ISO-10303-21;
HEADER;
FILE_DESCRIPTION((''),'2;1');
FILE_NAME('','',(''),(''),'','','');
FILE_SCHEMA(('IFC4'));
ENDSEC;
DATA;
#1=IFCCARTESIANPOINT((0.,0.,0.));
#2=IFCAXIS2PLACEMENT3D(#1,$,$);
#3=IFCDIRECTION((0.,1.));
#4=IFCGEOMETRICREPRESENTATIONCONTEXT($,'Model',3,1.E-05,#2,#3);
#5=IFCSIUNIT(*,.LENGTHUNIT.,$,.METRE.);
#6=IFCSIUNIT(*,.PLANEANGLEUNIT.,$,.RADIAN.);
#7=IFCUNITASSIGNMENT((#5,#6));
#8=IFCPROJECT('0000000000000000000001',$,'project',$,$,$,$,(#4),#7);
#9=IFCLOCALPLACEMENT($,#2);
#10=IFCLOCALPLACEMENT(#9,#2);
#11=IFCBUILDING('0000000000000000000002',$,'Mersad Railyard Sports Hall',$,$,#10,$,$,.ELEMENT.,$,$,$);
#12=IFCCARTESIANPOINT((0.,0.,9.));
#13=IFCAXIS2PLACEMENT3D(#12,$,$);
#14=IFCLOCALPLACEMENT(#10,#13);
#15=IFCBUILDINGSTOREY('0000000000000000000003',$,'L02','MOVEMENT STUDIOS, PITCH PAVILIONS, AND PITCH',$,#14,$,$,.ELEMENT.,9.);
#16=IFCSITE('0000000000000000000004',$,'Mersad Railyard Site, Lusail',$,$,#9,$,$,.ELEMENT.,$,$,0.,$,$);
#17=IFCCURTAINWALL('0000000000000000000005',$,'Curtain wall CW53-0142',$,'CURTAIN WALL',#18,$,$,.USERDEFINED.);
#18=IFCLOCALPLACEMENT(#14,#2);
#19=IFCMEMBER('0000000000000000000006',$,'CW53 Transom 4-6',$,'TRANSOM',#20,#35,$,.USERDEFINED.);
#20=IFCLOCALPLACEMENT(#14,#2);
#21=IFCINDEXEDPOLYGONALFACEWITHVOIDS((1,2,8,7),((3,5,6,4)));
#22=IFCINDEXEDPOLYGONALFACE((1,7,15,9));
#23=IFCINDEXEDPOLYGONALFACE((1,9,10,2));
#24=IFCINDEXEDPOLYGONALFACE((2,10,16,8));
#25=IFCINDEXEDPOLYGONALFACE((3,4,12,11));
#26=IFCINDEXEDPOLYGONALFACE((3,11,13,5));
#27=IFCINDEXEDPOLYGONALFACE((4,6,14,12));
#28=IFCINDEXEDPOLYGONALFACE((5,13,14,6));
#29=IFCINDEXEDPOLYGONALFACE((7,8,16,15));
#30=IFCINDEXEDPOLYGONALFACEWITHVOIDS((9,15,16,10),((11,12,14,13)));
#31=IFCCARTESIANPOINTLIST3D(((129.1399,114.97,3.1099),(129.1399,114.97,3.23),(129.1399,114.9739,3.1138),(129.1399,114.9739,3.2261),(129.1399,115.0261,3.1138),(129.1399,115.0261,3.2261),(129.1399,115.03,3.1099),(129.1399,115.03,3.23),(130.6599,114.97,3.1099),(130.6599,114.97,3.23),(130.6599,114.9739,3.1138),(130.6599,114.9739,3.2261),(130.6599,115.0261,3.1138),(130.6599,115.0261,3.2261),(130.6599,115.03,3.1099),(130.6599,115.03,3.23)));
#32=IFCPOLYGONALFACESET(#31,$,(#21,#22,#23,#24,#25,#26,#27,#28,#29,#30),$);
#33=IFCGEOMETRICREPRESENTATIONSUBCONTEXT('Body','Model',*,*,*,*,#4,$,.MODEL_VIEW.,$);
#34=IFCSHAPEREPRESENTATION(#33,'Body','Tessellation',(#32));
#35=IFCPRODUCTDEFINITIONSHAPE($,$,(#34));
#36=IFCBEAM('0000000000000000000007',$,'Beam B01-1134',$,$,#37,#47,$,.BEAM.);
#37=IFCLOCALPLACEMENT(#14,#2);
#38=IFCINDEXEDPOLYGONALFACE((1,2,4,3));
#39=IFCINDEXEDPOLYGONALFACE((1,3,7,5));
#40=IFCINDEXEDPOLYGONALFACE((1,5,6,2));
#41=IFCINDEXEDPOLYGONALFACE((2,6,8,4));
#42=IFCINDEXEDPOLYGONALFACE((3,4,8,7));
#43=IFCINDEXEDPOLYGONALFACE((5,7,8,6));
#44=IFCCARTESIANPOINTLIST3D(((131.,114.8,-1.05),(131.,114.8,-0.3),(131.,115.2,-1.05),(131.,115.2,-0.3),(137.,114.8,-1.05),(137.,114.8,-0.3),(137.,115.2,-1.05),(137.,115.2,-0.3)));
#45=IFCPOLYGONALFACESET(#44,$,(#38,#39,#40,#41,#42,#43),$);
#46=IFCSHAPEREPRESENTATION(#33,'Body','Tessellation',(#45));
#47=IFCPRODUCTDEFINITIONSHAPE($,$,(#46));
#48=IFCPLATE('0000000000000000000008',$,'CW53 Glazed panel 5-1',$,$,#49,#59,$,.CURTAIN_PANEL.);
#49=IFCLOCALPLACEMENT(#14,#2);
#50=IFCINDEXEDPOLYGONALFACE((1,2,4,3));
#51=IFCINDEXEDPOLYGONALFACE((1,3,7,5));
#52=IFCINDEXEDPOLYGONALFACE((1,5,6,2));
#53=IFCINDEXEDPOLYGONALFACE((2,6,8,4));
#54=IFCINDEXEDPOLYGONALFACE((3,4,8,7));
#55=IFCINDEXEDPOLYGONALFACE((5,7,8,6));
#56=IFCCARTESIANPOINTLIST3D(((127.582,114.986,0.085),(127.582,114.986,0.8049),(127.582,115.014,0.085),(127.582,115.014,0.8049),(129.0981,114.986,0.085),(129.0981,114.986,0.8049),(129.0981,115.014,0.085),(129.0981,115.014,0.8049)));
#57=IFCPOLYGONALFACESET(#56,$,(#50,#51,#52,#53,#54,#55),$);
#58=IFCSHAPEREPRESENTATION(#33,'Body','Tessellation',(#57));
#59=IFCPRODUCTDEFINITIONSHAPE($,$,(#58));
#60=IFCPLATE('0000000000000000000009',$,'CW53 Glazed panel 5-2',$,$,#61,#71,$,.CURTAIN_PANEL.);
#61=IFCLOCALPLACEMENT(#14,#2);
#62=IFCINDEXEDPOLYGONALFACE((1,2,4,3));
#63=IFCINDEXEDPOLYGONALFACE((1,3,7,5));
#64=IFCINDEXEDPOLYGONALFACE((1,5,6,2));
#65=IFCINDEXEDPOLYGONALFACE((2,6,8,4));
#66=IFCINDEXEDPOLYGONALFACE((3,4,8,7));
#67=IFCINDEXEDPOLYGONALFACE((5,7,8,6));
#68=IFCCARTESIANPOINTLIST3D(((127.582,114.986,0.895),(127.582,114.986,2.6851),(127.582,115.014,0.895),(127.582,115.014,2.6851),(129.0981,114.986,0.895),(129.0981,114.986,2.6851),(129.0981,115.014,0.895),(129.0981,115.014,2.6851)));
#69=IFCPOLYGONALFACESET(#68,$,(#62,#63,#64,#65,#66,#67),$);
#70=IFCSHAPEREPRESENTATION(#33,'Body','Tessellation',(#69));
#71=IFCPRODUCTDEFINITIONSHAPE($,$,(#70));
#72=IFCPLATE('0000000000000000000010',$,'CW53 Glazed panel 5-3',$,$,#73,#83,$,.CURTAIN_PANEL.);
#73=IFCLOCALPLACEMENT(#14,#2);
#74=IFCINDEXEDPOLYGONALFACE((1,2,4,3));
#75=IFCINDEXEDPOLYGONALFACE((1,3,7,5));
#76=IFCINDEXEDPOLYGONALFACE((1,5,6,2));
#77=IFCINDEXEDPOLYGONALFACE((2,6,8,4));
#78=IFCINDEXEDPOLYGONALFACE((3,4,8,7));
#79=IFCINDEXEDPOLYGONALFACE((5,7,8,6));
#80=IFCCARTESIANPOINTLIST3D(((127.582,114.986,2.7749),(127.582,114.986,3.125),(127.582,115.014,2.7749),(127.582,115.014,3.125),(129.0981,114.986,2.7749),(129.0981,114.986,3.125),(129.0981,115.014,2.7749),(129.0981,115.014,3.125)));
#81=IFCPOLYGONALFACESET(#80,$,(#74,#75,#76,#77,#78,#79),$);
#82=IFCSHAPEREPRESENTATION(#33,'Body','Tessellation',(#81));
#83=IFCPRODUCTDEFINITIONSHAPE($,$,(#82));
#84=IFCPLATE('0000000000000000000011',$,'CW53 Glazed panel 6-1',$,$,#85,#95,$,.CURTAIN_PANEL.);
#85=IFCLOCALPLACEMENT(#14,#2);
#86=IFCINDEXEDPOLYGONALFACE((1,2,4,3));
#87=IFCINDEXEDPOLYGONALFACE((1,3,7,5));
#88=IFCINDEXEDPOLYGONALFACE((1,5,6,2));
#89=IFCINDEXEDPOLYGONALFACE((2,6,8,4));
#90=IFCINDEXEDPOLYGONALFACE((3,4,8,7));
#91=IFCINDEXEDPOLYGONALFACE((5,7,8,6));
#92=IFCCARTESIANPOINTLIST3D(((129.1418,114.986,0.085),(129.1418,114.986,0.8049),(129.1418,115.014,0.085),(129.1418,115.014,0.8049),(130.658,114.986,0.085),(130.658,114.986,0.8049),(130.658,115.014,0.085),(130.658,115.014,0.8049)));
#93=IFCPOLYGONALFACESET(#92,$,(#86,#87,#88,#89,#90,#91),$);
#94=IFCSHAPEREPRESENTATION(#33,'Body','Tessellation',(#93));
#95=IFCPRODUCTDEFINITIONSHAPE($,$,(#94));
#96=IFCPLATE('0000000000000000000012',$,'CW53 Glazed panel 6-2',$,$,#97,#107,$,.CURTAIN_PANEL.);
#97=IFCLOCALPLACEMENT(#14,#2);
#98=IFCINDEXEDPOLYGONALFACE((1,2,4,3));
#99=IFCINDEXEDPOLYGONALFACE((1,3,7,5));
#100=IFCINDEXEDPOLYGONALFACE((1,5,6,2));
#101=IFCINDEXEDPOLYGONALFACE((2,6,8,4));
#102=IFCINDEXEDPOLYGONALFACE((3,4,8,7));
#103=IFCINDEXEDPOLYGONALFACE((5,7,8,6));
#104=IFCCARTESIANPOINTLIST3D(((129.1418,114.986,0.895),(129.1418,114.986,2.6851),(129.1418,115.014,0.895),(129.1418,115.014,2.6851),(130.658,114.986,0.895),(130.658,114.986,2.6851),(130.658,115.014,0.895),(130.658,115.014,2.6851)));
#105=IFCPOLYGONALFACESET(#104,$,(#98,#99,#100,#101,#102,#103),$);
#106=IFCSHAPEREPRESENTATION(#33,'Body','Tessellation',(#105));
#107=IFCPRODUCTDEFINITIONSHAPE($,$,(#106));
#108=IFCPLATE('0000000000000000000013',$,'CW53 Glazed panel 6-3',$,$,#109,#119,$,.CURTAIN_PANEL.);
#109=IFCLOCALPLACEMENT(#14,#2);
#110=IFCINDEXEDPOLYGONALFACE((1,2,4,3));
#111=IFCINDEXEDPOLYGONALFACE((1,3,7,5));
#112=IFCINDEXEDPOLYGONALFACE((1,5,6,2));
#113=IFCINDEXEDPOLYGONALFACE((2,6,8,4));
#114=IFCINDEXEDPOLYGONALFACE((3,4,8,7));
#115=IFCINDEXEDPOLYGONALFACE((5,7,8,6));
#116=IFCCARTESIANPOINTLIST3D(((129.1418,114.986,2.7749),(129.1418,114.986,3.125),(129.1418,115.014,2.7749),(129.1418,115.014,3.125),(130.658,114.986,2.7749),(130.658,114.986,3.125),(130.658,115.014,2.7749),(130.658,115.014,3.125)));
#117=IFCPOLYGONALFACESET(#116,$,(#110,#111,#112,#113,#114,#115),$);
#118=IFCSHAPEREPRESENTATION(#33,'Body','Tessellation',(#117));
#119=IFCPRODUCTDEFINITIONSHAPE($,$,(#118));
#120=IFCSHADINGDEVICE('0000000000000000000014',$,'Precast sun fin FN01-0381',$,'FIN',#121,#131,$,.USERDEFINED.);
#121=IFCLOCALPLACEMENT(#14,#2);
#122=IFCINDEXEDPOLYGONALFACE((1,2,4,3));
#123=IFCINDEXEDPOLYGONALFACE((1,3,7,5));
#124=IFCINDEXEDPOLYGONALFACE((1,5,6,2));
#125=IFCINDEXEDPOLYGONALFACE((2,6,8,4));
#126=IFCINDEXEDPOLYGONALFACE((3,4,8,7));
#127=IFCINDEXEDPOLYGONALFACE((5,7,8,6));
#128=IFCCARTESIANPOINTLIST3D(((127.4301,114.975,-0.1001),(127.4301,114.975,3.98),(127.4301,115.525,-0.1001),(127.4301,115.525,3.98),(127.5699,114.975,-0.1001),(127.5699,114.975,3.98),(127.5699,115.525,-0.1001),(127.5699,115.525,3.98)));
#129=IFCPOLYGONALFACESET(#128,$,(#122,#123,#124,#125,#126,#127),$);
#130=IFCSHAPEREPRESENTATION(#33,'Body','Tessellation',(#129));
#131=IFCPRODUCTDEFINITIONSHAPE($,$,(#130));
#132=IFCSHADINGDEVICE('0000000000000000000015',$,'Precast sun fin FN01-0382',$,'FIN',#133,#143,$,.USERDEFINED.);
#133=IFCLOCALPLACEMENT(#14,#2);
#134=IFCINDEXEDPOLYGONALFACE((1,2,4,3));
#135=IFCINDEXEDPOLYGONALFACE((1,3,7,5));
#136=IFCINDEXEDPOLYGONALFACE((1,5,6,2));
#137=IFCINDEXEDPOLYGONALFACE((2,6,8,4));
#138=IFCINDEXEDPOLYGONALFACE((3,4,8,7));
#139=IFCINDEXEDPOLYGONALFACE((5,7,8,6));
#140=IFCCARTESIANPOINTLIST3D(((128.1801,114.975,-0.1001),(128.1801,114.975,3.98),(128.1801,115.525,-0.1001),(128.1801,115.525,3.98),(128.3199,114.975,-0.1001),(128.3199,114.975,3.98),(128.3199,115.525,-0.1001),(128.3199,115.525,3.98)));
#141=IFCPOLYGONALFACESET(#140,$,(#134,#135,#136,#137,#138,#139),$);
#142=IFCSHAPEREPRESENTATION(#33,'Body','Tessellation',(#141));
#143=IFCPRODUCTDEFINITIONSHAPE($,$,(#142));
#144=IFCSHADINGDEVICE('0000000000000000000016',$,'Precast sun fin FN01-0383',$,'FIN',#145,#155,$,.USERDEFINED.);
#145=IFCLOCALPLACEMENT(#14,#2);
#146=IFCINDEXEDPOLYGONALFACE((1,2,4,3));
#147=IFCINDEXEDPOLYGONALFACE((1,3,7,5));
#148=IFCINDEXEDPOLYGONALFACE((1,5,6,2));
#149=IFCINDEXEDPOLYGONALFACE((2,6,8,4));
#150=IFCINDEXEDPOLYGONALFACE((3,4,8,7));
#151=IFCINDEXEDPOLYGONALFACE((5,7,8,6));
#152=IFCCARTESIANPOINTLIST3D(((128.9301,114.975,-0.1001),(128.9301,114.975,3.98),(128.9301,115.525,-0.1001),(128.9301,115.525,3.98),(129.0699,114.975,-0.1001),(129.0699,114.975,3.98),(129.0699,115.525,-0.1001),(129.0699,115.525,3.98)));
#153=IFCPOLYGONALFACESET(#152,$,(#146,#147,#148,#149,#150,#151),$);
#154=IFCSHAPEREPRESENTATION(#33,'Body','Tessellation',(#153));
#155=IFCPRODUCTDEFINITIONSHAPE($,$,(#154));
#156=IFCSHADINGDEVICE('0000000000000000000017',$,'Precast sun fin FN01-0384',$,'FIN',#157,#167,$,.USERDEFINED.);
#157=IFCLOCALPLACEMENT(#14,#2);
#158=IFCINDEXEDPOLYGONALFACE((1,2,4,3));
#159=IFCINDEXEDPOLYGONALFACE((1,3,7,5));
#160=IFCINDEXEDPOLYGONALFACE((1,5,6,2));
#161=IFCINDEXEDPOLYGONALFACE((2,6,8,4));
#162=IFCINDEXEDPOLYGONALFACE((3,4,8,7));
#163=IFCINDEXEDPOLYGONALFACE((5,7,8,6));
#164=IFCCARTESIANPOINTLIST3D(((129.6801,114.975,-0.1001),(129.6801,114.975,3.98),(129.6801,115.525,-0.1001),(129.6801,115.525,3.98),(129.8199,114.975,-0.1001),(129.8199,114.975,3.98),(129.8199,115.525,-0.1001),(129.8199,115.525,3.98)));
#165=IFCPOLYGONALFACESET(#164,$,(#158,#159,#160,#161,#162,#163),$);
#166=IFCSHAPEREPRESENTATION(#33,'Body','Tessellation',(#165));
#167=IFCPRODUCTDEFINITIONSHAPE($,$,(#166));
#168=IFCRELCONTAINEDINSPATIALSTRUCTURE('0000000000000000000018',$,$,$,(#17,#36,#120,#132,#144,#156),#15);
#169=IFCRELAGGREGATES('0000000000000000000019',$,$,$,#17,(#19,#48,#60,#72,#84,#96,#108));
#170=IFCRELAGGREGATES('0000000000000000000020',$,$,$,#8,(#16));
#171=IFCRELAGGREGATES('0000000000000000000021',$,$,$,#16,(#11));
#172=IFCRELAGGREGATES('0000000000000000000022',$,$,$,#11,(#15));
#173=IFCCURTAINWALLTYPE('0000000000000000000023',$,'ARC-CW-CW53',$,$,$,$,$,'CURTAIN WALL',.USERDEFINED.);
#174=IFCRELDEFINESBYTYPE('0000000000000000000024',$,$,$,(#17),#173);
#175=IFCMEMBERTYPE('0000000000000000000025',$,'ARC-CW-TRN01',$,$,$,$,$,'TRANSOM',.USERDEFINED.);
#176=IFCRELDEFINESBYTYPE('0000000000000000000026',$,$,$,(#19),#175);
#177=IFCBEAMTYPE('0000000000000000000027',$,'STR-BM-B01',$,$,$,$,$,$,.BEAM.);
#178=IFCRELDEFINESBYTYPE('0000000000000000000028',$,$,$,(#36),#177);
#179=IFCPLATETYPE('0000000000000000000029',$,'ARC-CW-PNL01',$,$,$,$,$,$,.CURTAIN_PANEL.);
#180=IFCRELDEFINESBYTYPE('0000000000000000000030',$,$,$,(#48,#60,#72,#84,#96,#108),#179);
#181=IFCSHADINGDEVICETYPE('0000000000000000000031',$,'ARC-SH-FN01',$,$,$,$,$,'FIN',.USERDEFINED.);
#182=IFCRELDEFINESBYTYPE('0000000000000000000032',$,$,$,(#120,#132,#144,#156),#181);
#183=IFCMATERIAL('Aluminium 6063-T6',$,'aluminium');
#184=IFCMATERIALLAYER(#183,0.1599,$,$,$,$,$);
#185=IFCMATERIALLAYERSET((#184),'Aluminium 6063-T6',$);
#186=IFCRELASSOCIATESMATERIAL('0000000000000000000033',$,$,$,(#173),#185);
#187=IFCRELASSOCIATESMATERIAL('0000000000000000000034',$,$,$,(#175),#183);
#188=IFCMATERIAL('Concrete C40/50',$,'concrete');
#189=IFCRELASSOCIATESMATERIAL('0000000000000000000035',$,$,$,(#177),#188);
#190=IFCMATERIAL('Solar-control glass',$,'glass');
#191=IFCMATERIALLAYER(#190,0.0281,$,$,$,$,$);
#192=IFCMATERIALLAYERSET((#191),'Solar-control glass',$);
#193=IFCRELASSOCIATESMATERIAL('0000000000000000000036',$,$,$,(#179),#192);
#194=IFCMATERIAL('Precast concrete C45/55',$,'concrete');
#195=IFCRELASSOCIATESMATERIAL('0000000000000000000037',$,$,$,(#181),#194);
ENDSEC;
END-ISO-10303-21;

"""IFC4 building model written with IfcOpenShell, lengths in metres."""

from ifc_helpers import new_model, si_unit, direction, frame, origin, origin_2d, place, context, subcontext, project, spatial, rectangle, hollow_rectangle, extrude, material, layer, layer_set, material_profile, profile_set, type_object, element, aggregate, save


model = new_model("IFC4")

# Units and contexts
model_context = context("Model", 3, precision=1e-05, world=origin(), true_north=direction((0.0, 1.0)))
body_context = subcontext(model_context, "Body", "Model", "MODEL_VIEW")
ifc_project = project(units=[si_unit("LENGTHUNIT", "METRE"), si_unit("PLANEANGLEUNIT", "RADIAN")], contexts=[model_context])

# Site, building, storey
site_placement = place(None, origin())
site = spatial("IfcSite", under=ifc_project, at=site_placement, Name="Mersad Railyard Site, Lusail", CompositionType="ELEMENT", RefElevation=0.0)
building_placement = place(site_placement, origin())
building = spatial("IfcBuilding", under=site, at=building_placement, Name="Mersad Railyard Sports Hall", CompositionType="ELEMENT")
storey_placement = place(building_placement, frame((0.0, 0.0, 9.0)))
storey = spatial("IfcBuildingStorey", under=building, at=storey_placement, Name="L02", Description="MOVEMENT STUDIOS, PITCH PAVILIONS, AND PITCH", CompositionType="ELEMENT", Elevation=9.0)

# Curtain wall, member
ifc_material_1 = material(Name="Aluminium 6063-T6", Category="aluminium")
ifc_layer_1 = layer(ifc_material_1, 0.1599)
ifc_layer_set_1 = layer_set([ifc_layer_1], Name="Aluminium 6063-T6")
curtain_wall_type = type_object("IfcCurtainWallType", Name="ARC-CW-CW53", ElementType="CURTAIN WALL", PredefinedType="USERDEFINED", material=ifc_layer_set_1)
curtain_wall_placement = place(storey_placement, origin())
curtain_wall = element("IfcCurtainWall", 1, at=curtain_wall_placement, inside=storey, type_object=curtain_wall_type, Name="Curtain wall CW53-0142", ObjectType="CURTAIN WALL", PredefinedType="USERDEFINED")
ifc_material_profile_1 = material_profile(ifc_material_1, hollow_rectangle(XDim=0.0601, YDim=0.1201, WallThickness=0.0039, at=origin_2d()), Name="AL TRANSOM 60x120x4")
ifc_profile_set_1 = profile_set([ifc_material_profile_1], Name="Aluminium 6063-T6")
member_type_1 = type_object("IfcMemberType", Name="ARC-CW-TRN01", ElementType="TRANSOM", PredefinedType="USERDEFINED", material=ifc_profile_set_1)
member_1_placement = place(storey_placement, frame((129.1399, 115.0, 3.1699), z_axis=(1.0, 0.0, 0.0), x_axis=(0.0, 1.0, 0.0)))
member_1 = element("IfcMember", 2, at=member_1_placement, type_object=member_type_1, Name="CW53 Transom 4-6", ObjectType="TRANSOM", PredefinedType="USERDEFINED", context=body_context, shape_type="SweptSolid", body=[
    extrude(hollow_rectangle(XDim=0.0601, YDim=0.1201, WallThickness=0.0039, at=origin_2d()), origin(), (0.0, 0.0, 1.0), 1.52),
])

# Beam
ifc_material_2 = material(Name="Concrete C40/50", Category="concrete")
ifc_material_profile_2 = material_profile(ifc_material_2, rectangle(XDim=0.3999, YDim=0.75, at=origin_2d()), Name="RC 400x750")
ifc_profile_set_2 = profile_set([ifc_material_profile_2], Name="Concrete C40/50")
beam_type = type_object("IfcBeamType", Name="STR-BM-B01", PredefinedType="BEAM", material=ifc_profile_set_2)
beam_placement = place(storey_placement, frame((131.0, 115.0, -0.675), z_axis=(1.0, 0.0, 0.0), x_axis=(0.0, 1.0, 0.0)))
element("IfcBeam", 3, at=beam_placement, inside=storey, type_object=beam_type, Name="Beam B01-1134", PredefinedType="BEAM", context=body_context, shape_type="SweptSolid", body=[
    extrude(rectangle(XDim=0.3999, YDim=0.75, at=origin_2d()), origin(), (0.0, 0.0, 1.0), 6.0),
])

# Plates
ifc_material_3 = material(Name="Solar-control glass", Category="glass")
ifc_layer_2 = layer(ifc_material_3, 0.0281)
ifc_layer_set_2 = layer_set([ifc_layer_2], Name="Solar-control glass")
plate_type = type_object("IfcPlateType", Name="ARC-CW-PNL01", PredefinedType="CURTAIN_PANEL", material=ifc_layer_set_2)
plate_1_placement = place(storey_placement, frame((128.3401, 115.0, 0.085), z_axis=(0.0, 0.0, 1.0), x_axis=(1.0, 0.0, 0.0)))
plate_1 = element("IfcPlate", 4, at=plate_1_placement, type_object=plate_type, Name="CW53 Glazed panel 5-1", PredefinedType="CURTAIN_PANEL", context=body_context, shape_type="SweptSolid", body=[
    extrude(rectangle(XDim=1.5161, YDim=0.0281, at=origin_2d()), origin(), (0.0, 0.0, 1.0), 0.72),
])
plate_2_placement = place(storey_placement, frame((128.3401, 115.0, 0.895), z_axis=(0.0, 0.0, 1.0), x_axis=(1.0, 0.0, 0.0)))
plate_2 = element("IfcPlate", 5, at=plate_2_placement, type_object=plate_type, Name="CW53 Glazed panel 5-2", PredefinedType="CURTAIN_PANEL", context=body_context, shape_type="SweptSolid", body=[
    extrude(rectangle(XDim=1.5161, YDim=0.0281, at=origin_2d()), origin(), (0.0, 0.0, 1.0), 1.79),
])
plate_3_placement = place(storey_placement, frame((128.3401, 115.0, 2.7749), z_axis=(0.0, 0.0, 1.0), x_axis=(1.0, 0.0, 0.0)))
plate_3 = element("IfcPlate", 6, at=plate_3_placement, type_object=plate_type, Name="CW53 Glazed panel 5-3", PredefinedType="CURTAIN_PANEL", context=body_context, shape_type="SweptSolid", body=[
    extrude(rectangle(XDim=1.5161, YDim=0.0281, at=origin_2d()), origin(), (0.0, 0.0, 1.0), 0.3501),
])
plate_4_placement = place(storey_placement, frame((129.8999, 115.0, 0.085), z_axis=(0.0, 0.0, 1.0), x_axis=(1.0, 0.0, 0.0)))
plate_4 = element("IfcPlate", 7, at=plate_4_placement, type_object=plate_type, Name="CW53 Glazed panel 6-1", PredefinedType="CURTAIN_PANEL", context=body_context, shape_type="SweptSolid", body=[
    extrude(rectangle(XDim=1.5161, YDim=0.0281, at=origin_2d()), origin(), (0.0, 0.0, 1.0), 0.72),
])
plate_5_placement = place(storey_placement, frame((129.8999, 115.0, 0.895), z_axis=(0.0, 0.0, 1.0), x_axis=(1.0, 0.0, 0.0)))
plate_5 = element("IfcPlate", 8, at=plate_5_placement, type_object=plate_type, Name="CW53 Glazed panel 6-2", PredefinedType="CURTAIN_PANEL", context=body_context, shape_type="SweptSolid", body=[
    extrude(rectangle(XDim=1.5161, YDim=0.0281, at=origin_2d()), origin(), (0.0, 0.0, 1.0), 1.79),
])
plate_6_placement = place(storey_placement, frame((129.8999, 115.0, 2.7749), z_axis=(0.0, 0.0, 1.0), x_axis=(1.0, 0.0, 0.0)))
plate_6 = element("IfcPlate", 9, at=plate_6_placement, type_object=plate_type, Name="CW53 Glazed panel 6-3", PredefinedType="CURTAIN_PANEL", context=body_context, shape_type="SweptSolid", body=[
    extrude(rectangle(XDim=1.5161, YDim=0.0281, at=origin_2d()), origin(), (0.0, 0.0, 1.0), 0.3501),
])
aggregate(curtain_wall, [member_1, plate_1, plate_2, plate_3, plate_4, plate_5, plate_6])

# Shading devices
ifc_material_4 = material(Name="Precast concrete C45/55", Category="concrete")
shading_device_type = type_object("IfcShadingDeviceType", Name="ARC-SH-FN01", ElementType="FIN", PredefinedType="USERDEFINED", material=ifc_material_4)
for number, where, z_axis, x_axis, name in (
    (10, (127.5, 115.25, -0.1001), (0.0, 0.0, 1.0), (1.0, 0.0, 0.0), "Precast sun fin FN01-0381"),
    (11, (128.25, 115.25, -0.1001), (0.0, 0.0, 1.0), (1.0, 0.0, 0.0), "Precast sun fin FN01-0382"),
    (12, (129.0, 115.25, -0.1001), (0.0, 0.0, 1.0), (1.0, 0.0, 0.0), "Precast sun fin FN01-0383"),
    (13, (129.75, 115.25, -0.1001), (0.0, 0.0, 1.0), (1.0, 0.0, 0.0), "Precast sun fin FN01-0384"),
):
    element("IfcShadingDevice", number, at=place(storey_placement, frame(where, z_axis=z_axis, x_axis=x_axis)), inside=storey, type_object=shading_device_type, Name=name, ObjectType="FIN", PredefinedType="USERDEFINED", context=body_context, shape_type="SweptSolid", body=[
        extrude(rectangle(XDim=0.1399, YDim=0.55, at=origin_2d()), origin(), (0.0, 0.0, 1.0), 4.0801),
    ])

save(model, "model.ifc")
